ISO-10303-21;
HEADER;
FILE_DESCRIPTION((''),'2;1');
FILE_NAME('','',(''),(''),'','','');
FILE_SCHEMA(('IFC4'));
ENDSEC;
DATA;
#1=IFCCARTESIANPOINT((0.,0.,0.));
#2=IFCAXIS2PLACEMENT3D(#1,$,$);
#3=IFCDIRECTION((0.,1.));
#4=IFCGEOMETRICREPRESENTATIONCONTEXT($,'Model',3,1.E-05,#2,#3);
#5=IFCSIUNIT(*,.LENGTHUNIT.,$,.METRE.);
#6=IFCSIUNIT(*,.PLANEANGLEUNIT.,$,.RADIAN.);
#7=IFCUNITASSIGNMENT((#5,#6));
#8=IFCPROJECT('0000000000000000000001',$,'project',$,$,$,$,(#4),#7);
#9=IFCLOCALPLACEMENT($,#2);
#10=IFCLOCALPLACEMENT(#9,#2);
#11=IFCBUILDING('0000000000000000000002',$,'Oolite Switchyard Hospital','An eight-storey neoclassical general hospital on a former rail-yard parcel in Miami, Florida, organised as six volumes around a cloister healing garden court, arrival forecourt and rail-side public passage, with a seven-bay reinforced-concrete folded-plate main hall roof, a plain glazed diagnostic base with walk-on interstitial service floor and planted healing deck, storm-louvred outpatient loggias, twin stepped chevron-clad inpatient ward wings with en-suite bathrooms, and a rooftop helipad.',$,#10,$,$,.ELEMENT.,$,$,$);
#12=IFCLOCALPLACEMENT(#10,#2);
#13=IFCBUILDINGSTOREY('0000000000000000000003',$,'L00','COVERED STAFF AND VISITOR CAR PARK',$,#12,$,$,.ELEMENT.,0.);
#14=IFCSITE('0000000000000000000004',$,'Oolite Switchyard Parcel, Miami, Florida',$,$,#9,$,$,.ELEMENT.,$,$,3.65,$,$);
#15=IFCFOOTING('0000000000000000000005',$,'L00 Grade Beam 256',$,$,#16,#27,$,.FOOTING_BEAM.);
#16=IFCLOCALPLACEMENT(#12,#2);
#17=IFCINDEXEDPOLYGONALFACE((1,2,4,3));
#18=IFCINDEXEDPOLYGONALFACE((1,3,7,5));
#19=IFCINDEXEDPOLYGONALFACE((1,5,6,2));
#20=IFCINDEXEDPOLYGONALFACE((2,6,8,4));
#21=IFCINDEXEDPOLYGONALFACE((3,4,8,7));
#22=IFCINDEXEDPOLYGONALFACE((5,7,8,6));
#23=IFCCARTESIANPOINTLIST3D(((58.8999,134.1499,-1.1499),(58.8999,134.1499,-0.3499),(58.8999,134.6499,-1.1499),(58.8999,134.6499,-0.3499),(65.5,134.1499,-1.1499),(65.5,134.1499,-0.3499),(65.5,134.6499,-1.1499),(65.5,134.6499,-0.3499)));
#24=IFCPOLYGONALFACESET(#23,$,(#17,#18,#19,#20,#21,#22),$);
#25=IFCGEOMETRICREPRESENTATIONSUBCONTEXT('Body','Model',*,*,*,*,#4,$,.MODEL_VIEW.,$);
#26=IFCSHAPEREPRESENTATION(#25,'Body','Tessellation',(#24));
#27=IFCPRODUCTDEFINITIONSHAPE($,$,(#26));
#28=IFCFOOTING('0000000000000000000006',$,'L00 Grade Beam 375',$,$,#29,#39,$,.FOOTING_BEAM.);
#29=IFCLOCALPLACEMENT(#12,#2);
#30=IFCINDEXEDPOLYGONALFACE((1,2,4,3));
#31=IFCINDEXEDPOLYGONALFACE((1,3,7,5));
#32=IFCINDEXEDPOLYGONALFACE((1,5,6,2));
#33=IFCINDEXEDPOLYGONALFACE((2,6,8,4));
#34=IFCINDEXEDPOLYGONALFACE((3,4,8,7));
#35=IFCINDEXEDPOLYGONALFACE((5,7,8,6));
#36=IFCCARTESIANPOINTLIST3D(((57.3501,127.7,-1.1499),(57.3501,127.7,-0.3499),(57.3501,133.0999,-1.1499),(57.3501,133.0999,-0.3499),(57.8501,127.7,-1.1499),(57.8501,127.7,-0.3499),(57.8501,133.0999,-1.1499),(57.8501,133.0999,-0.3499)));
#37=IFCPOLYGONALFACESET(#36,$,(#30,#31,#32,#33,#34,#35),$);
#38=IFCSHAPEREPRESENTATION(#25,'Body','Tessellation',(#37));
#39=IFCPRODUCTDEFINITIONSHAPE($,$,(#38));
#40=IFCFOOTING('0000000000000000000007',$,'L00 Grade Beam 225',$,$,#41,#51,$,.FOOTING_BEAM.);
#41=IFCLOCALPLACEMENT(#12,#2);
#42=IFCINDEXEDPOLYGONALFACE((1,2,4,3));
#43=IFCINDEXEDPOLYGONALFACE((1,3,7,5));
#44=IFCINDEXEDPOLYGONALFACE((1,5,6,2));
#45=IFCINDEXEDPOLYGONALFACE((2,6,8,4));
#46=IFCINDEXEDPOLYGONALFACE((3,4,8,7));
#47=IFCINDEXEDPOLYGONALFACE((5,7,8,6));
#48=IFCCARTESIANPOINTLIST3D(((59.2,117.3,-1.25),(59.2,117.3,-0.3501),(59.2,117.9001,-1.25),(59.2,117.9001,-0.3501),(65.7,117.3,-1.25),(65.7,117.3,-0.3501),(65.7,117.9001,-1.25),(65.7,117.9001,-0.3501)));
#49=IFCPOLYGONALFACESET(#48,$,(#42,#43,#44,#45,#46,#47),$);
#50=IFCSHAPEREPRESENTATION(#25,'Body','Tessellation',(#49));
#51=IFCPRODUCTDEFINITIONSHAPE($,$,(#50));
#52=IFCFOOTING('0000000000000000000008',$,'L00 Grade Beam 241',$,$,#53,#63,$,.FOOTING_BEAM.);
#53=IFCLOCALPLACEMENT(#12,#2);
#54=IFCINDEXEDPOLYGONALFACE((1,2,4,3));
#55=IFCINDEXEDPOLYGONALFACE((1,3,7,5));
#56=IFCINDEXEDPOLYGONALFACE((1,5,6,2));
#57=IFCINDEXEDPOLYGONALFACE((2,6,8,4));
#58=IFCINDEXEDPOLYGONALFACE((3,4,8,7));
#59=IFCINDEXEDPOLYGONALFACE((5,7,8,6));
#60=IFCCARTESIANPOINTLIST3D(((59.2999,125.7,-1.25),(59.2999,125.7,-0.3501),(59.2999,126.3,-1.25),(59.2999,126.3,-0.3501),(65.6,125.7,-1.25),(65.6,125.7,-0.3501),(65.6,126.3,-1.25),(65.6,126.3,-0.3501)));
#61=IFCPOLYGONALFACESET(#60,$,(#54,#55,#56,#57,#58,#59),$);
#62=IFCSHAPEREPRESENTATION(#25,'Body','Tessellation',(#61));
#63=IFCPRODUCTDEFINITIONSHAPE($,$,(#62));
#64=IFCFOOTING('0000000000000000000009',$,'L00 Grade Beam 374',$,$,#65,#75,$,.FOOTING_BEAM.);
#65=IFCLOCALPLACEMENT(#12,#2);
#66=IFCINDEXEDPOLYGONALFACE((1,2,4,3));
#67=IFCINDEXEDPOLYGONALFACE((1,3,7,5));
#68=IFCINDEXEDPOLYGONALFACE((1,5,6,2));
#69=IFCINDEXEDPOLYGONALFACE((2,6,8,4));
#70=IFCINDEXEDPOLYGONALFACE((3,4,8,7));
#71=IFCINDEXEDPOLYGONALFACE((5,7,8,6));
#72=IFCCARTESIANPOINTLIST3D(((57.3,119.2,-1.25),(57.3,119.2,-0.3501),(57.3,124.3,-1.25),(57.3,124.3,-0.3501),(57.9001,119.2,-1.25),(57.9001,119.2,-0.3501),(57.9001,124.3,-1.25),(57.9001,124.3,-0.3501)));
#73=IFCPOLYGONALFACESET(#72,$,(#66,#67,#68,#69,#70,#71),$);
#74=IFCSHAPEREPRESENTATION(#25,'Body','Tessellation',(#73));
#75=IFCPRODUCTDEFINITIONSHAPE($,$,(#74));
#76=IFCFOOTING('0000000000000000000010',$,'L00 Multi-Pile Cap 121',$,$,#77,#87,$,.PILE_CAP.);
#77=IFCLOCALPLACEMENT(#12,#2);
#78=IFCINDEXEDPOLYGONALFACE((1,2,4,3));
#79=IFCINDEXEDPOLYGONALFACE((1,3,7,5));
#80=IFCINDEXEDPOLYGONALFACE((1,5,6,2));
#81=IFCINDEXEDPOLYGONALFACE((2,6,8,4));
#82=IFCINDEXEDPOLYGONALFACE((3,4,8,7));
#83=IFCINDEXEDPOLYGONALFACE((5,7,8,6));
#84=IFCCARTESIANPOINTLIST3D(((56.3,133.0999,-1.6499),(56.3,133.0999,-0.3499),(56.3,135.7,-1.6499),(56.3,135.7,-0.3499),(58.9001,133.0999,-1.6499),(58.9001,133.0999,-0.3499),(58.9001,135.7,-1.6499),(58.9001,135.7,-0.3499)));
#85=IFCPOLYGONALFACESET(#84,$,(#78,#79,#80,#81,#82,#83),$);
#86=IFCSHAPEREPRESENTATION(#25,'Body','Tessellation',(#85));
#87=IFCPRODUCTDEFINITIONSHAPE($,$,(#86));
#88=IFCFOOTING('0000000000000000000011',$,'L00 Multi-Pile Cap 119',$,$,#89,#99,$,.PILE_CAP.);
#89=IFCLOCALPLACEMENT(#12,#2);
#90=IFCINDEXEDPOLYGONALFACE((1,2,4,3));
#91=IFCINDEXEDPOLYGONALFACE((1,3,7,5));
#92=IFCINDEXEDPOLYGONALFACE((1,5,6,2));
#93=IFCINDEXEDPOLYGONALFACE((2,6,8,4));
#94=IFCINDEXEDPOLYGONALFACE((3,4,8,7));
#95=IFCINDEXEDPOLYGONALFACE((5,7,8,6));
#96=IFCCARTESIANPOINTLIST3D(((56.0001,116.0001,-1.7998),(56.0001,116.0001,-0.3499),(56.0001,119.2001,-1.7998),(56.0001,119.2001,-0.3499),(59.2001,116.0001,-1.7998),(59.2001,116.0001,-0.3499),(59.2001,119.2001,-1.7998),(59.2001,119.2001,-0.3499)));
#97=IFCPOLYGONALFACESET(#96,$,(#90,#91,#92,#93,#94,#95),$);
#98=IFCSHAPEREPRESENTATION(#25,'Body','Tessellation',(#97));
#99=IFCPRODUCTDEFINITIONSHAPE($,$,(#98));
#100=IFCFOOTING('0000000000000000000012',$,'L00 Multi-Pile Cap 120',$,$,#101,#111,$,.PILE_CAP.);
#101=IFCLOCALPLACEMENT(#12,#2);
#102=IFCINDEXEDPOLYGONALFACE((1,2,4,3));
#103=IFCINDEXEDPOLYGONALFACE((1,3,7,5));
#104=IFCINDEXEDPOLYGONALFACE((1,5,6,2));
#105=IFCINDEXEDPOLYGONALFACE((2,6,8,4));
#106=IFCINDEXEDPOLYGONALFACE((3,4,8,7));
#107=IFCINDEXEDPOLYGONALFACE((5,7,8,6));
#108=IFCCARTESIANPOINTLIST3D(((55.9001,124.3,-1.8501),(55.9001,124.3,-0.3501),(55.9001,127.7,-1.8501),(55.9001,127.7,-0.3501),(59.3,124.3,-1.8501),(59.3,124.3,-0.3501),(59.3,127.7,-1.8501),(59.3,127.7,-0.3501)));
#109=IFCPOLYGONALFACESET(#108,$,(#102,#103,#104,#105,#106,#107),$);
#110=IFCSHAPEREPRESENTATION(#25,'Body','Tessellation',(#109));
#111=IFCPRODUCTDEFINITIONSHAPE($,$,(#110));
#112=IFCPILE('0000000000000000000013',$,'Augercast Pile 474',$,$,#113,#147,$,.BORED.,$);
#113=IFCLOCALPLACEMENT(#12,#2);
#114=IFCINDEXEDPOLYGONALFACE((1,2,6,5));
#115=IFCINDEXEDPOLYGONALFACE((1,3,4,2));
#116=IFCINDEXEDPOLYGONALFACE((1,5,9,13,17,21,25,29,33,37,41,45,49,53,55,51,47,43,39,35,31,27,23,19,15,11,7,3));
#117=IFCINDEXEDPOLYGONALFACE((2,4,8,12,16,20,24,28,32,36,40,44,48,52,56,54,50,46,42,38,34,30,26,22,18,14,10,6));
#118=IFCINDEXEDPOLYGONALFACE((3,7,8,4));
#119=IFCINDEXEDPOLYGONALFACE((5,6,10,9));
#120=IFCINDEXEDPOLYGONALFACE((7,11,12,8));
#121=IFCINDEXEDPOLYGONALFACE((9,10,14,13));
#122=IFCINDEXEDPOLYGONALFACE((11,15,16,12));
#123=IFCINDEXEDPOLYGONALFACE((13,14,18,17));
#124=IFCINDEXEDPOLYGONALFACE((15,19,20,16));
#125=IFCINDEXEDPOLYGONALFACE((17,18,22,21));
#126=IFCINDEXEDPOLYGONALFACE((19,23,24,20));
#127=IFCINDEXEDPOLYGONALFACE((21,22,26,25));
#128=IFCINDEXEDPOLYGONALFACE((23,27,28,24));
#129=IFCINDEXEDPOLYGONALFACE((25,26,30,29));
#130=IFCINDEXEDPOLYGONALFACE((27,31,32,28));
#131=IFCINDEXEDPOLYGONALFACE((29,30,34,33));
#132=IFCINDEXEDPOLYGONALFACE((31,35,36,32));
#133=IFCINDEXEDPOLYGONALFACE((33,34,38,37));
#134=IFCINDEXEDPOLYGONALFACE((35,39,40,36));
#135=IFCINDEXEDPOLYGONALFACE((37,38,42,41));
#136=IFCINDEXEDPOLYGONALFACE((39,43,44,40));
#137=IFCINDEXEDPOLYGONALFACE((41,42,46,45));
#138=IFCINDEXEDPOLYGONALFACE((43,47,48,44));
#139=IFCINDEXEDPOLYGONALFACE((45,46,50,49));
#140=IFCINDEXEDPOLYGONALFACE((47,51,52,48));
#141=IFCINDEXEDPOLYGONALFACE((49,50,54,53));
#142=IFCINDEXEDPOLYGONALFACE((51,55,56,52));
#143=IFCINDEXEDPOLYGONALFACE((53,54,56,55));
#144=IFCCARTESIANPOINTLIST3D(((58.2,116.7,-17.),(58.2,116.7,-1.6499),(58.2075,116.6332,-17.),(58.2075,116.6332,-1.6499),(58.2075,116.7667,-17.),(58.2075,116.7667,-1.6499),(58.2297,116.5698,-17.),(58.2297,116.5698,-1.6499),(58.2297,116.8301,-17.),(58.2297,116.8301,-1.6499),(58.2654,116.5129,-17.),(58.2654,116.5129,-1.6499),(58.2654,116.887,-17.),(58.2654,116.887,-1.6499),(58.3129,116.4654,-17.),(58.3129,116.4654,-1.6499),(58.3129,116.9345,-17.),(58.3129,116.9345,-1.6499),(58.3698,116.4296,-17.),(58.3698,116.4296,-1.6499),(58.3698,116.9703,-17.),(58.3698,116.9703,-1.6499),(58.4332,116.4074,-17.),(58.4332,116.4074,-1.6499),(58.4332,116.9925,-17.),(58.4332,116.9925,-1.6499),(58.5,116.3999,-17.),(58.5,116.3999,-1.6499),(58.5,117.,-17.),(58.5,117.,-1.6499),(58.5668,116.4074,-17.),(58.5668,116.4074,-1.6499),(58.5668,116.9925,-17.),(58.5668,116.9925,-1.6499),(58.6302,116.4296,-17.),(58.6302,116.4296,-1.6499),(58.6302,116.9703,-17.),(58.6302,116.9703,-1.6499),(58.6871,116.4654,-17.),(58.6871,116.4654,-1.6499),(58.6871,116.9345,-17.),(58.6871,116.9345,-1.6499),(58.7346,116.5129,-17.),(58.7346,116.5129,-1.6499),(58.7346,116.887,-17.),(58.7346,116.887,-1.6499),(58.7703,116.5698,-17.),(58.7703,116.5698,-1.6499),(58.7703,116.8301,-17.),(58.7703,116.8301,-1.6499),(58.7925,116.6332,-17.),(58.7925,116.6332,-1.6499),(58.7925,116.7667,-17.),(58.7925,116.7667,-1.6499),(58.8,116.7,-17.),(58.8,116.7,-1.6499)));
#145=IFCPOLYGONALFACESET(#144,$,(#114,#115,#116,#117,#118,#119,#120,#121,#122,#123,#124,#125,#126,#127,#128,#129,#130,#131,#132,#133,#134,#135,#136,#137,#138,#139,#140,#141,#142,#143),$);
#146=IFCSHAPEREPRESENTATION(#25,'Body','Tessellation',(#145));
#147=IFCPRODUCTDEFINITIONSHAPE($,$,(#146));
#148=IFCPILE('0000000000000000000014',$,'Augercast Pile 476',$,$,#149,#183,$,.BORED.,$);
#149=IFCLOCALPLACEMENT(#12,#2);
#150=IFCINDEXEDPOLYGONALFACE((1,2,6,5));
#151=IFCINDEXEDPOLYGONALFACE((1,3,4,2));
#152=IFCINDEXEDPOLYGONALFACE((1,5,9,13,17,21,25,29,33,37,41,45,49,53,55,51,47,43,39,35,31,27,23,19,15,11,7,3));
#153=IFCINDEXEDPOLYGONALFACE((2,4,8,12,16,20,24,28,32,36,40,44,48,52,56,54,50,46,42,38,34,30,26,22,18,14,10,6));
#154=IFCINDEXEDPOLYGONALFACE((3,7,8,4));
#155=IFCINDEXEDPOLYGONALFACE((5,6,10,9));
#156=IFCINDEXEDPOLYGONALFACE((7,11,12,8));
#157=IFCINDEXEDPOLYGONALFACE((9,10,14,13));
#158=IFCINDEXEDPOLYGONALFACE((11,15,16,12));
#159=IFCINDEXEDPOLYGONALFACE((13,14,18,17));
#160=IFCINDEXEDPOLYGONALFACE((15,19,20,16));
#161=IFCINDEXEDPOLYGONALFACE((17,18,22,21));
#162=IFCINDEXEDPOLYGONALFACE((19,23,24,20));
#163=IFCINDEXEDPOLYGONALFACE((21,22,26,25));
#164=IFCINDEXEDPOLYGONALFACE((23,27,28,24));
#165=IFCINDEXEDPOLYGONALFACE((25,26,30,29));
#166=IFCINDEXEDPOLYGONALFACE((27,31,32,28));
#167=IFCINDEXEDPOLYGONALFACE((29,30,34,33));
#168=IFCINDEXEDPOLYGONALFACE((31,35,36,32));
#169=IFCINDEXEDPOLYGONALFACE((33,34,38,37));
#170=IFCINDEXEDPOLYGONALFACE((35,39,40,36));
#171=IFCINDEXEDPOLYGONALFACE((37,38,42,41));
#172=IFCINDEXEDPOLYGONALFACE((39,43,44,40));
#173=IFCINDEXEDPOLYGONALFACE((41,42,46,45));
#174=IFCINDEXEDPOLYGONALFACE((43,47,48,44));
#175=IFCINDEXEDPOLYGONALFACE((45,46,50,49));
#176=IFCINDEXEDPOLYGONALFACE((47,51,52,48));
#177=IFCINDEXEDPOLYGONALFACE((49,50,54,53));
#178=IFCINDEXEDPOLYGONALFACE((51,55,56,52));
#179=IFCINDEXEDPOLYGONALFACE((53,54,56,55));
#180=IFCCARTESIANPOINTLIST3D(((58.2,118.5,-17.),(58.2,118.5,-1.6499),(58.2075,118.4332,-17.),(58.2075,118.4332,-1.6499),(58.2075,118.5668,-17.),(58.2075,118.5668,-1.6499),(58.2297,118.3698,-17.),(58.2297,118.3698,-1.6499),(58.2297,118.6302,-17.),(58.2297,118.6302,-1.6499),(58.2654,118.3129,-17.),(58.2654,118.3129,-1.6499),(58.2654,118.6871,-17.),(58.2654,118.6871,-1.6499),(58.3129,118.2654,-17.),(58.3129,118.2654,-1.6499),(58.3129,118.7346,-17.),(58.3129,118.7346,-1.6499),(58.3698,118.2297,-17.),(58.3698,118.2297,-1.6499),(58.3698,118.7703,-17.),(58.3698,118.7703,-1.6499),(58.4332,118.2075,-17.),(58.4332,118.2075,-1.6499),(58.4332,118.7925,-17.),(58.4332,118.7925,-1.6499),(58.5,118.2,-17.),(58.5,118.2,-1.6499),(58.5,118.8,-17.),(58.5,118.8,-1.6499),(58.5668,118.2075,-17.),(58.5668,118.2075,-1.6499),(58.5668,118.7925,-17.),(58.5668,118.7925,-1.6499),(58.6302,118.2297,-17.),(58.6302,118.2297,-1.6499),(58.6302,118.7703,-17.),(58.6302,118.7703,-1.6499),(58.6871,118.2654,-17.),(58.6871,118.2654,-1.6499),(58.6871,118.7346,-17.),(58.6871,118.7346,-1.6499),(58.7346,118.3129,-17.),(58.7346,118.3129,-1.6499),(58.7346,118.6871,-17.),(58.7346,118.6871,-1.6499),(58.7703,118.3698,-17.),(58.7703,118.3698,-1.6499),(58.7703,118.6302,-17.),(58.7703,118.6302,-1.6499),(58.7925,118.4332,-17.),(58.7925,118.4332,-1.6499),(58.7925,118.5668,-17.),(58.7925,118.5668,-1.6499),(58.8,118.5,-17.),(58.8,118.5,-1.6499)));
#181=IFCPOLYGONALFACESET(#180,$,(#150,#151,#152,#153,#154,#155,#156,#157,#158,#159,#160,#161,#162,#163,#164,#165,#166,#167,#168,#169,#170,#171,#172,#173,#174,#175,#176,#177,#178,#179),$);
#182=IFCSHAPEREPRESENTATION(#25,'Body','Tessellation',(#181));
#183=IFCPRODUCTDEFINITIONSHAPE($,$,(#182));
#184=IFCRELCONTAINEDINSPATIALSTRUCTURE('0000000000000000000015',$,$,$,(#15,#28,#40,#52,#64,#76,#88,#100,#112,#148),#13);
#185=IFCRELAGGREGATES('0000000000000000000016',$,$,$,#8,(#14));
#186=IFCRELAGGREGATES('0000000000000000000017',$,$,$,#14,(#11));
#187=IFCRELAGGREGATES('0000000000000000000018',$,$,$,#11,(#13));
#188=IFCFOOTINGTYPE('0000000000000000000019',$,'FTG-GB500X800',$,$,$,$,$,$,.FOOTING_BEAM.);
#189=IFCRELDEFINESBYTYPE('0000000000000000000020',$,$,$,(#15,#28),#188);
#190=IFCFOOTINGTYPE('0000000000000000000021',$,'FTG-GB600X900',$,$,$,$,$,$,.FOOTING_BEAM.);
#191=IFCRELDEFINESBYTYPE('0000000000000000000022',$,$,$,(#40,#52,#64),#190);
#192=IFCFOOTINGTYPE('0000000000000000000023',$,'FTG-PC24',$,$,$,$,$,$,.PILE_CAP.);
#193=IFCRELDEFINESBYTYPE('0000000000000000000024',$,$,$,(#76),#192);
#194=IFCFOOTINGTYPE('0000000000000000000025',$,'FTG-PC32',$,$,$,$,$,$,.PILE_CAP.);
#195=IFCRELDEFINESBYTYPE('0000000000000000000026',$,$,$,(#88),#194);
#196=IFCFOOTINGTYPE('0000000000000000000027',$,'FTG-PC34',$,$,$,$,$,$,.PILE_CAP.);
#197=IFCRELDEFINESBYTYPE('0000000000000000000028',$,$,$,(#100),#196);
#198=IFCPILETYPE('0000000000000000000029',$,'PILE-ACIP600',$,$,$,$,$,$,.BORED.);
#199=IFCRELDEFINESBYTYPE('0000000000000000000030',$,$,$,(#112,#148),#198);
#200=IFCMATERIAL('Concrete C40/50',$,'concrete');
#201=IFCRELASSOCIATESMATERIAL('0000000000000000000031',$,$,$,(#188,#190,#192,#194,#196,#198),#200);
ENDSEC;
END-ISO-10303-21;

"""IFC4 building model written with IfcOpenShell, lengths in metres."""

from ifc_helpers import new_model, si_unit, direction, frame, origin, origin_2d, place, context, subcontext, project, spatial, rectangle, circle, extrude, material, material_profile, profile_set, type_object, element, save


model = new_model("IFC4")

# Units and contexts
model_context = context("Model", 3, precision=1e-05, world=origin(), true_north=direction((0.0, 1.0)))
body_context = subcontext(model_context, "Body", "Model", "MODEL_VIEW")
ifc_project = project(units=[si_unit("LENGTHUNIT", "METRE"), si_unit("PLANEANGLEUNIT", "RADIAN")], contexts=[model_context])

# Site, building, storey
site_placement = place(None, origin())
site = spatial("IfcSite", under=ifc_project, at=site_placement, Name="Oolite Switchyard Parcel, Miami, Florida", CompositionType="ELEMENT", RefElevation=3.65)
building_placement = place(site_placement, origin())
building = spatial("IfcBuilding", under=site, at=building_placement, Name="Oolite Switchyard Hospital", Description="An eight-storey neoclassical general hospital on a former rail-yard parcel in Miami, Florida, organised as six volumes around a cloister healing garden court, arrival forecourt and rail-side public passage, with a seven-bay reinforced-concrete folded-plate main hall roof, a plain glazed diagnostic base with walk-on interstitial service floor and planted healing deck, storm-louvred outpatient loggias, twin stepped chevron-clad inpatient ward wings with en-suite bathrooms, and a rooftop helipad.", CompositionType="ELEMENT")
storey_placement = place(building_placement, origin())
storey = spatial("IfcBuildingStorey", under=building, at=storey_placement, Name="L00", Description="COVERED STAFF AND VISITOR CAR PARK", CompositionType="ELEMENT", Elevation=0.0)

# Footings
ifc_material_1 = material(Name="Concrete C40/50", Category="concrete")
footing_type_1 = type_object("IfcFootingType", Name="FTG-GB500X800", PredefinedType="FOOTING_BEAM", material=ifc_material_1)
footing_1_placement = place(storey_placement, frame((62.2, 134.3999, -1.1499), z_axis=(0.0, 0.0, 1.0), x_axis=(1.0, 0.0, 0.0)))
element("IfcFooting", 1, at=footing_1_placement, inside=storey, type_object=footing_type_1, Name="L00 Grade Beam 256", PredefinedType="FOOTING_BEAM", context=body_context, shape_type="SweptSolid", body=[
    extrude(rectangle(XDim=6.6001, YDim=0.5, at=origin_2d()), origin(), (0.0, 0.0, 1.0), 0.8),
])
footing_2_placement = place(storey_placement, frame((57.6001, 130.3999, -1.1499), z_axis=(0.0, 0.0, 1.0), x_axis=(0.0, 1.0, 0.0)))
element("IfcFooting", 2, at=footing_2_placement, inside=storey, type_object=footing_type_1, Name="L00 Grade Beam 375", PredefinedType="FOOTING_BEAM", context=body_context, shape_type="SweptSolid", body=[
    extrude(rectangle(XDim=5.3999, YDim=0.5, at=origin_2d()), origin(), (0.0, 0.0, 1.0), 0.8),
])
footing_type_2 = type_object("IfcFootingType", Name="FTG-GB600X900", PredefinedType="FOOTING_BEAM", material=ifc_material_1)
footing_3_placement = place(storey_placement, frame((62.45, 117.6001, -1.25), z_axis=(0.0, 0.0, 1.0), x_axis=(1.0, 0.0, 0.0)))
element("IfcFooting", 3, at=footing_3_placement, inside=storey, type_object=footing_type_2, Name="L00 Grade Beam 225", PredefinedType="FOOTING_BEAM", context=body_context, shape_type="SweptSolid", body=[
    extrude(rectangle(XDim=6.5, YDim=0.6001, at=origin_2d()), origin(), (0.0, 0.0, 1.0), 0.8999),
])
footing_4_placement = place(storey_placement, frame((62.45, 126.0, -1.25), z_axis=(0.0, 0.0, 1.0), x_axis=(1.0, 0.0, 0.0)))
element("IfcFooting", 4, at=footing_4_placement, inside=storey, type_object=footing_type_2, Name="L00 Grade Beam 241", PredefinedType="FOOTING_BEAM", context=body_context, shape_type="SweptSolid", body=[
    extrude(rectangle(XDim=6.3, YDim=0.6001, at=origin_2d()), origin(), (0.0, 0.0, 1.0), 0.8999),
])
footing_5_placement = place(storey_placement, frame((57.6001, 121.75, -1.25), z_axis=(0.0, 0.0, 1.0), x_axis=(0.0, 1.0, 0.0)))
element("IfcFooting", 5, at=footing_5_placement, inside=storey, type_object=footing_type_2, Name="L00 Grade Beam 374", PredefinedType="FOOTING_BEAM", context=body_context, shape_type="SweptSolid", body=[
    extrude(rectangle(XDim=5.1001, YDim=0.6001, at=origin_2d()), origin(), (0.0, 0.0, 1.0), 0.8999),
])
footing_type_3 = type_object("IfcFootingType", Name="FTG-PC24", PredefinedType="PILE_CAP", material=ifc_material_1)
footing_6_placement = place(storey_placement, frame((57.6001, 134.3999, -1.6499), z_axis=(0.0, 0.0, 1.0), x_axis=(1.0, 0.0, 0.0)))
element("IfcFooting", 6, at=footing_6_placement, inside=storey, type_object=footing_type_3, Name="L00 Multi-Pile Cap 121", PredefinedType="PILE_CAP", context=body_context, shape_type="SweptSolid", body=[
    extrude(rectangle(XDim=2.6001, YDim=2.6001, at=origin_2d()), origin(), (0.0, 0.0, 1.0), 1.3),
])
footing_type_4 = type_object("IfcFootingType", Name="FTG-PC32", PredefinedType="PILE_CAP", material=ifc_material_1)
footing_7_placement = place(storey_placement, frame((57.6001, 117.6001, -1.7998), z_axis=(0.0, 0.0, 1.0), x_axis=(1.0, 0.0, 0.0)))
element("IfcFooting", 7, at=footing_7_placement, inside=storey, type_object=footing_type_4, Name="L00 Multi-Pile Cap 119", PredefinedType="PILE_CAP", context=body_context, shape_type="SweptSolid", body=[
    extrude(rectangle(XDim=3.2, YDim=3.2, at=origin_2d()), origin(), (0.0, 0.0, 1.0), 1.45),
])
footing_type_5 = type_object("IfcFootingType", Name="FTG-PC34", PredefinedType="PILE_CAP", material=ifc_material_1)
footing_8_placement = place(storey_placement, frame((57.6001, 126.0, -1.8501), z_axis=(0.0, 0.0, 1.0), x_axis=(1.0, 0.0, 0.0)))
element("IfcFooting", 8, at=footing_8_placement, inside=storey, type_object=footing_type_5, Name="L00 Multi-Pile Cap 120", PredefinedType="PILE_CAP", context=body_context, shape_type="SweptSolid", body=[
    extrude(rectangle(XDim=3.3999, YDim=3.3999, at=origin_2d()), origin(), (0.0, 0.0, 1.0), 1.5),
])

# Piles
ifc_material_profile_1 = material_profile(ifc_material_1, circle(Radius=0.3, at=origin_2d()), Name="PILE600")
ifc_profile_set_1 = profile_set([ifc_material_profile_1], Name="Concrete C40/50")
pile_type = type_object("IfcPileType", Name="PILE-ACIP600", PredefinedType="BORED", material=ifc_profile_set_1)
for number, where, z_axis, x_axis, name in (
    (9, (58.5, 116.7, -1.6499), (0.0, 0.0, -1.0), (1.0, 0.0, 0.0), "Augercast Pile 474"),
    (10, (58.5, 118.5, -1.6499), (0.0, 0.0, -1.0), (1.0, 0.0, 0.0), "Augercast Pile 476"),
):
    element("IfcPile", number, at=place(storey_placement, frame(where, z_axis=z_axis, x_axis=x_axis)), inside=storey, type_object=pile_type, Name=name, PredefinedType="BORED", context=body_context, shape_type="SweptSolid", body=[
        extrude(circle(Radius=0.3, at=origin_2d()), origin(), (0.0, 0.0, 1.0), 15.3501),
    ])

save(model, "model.ifc")
